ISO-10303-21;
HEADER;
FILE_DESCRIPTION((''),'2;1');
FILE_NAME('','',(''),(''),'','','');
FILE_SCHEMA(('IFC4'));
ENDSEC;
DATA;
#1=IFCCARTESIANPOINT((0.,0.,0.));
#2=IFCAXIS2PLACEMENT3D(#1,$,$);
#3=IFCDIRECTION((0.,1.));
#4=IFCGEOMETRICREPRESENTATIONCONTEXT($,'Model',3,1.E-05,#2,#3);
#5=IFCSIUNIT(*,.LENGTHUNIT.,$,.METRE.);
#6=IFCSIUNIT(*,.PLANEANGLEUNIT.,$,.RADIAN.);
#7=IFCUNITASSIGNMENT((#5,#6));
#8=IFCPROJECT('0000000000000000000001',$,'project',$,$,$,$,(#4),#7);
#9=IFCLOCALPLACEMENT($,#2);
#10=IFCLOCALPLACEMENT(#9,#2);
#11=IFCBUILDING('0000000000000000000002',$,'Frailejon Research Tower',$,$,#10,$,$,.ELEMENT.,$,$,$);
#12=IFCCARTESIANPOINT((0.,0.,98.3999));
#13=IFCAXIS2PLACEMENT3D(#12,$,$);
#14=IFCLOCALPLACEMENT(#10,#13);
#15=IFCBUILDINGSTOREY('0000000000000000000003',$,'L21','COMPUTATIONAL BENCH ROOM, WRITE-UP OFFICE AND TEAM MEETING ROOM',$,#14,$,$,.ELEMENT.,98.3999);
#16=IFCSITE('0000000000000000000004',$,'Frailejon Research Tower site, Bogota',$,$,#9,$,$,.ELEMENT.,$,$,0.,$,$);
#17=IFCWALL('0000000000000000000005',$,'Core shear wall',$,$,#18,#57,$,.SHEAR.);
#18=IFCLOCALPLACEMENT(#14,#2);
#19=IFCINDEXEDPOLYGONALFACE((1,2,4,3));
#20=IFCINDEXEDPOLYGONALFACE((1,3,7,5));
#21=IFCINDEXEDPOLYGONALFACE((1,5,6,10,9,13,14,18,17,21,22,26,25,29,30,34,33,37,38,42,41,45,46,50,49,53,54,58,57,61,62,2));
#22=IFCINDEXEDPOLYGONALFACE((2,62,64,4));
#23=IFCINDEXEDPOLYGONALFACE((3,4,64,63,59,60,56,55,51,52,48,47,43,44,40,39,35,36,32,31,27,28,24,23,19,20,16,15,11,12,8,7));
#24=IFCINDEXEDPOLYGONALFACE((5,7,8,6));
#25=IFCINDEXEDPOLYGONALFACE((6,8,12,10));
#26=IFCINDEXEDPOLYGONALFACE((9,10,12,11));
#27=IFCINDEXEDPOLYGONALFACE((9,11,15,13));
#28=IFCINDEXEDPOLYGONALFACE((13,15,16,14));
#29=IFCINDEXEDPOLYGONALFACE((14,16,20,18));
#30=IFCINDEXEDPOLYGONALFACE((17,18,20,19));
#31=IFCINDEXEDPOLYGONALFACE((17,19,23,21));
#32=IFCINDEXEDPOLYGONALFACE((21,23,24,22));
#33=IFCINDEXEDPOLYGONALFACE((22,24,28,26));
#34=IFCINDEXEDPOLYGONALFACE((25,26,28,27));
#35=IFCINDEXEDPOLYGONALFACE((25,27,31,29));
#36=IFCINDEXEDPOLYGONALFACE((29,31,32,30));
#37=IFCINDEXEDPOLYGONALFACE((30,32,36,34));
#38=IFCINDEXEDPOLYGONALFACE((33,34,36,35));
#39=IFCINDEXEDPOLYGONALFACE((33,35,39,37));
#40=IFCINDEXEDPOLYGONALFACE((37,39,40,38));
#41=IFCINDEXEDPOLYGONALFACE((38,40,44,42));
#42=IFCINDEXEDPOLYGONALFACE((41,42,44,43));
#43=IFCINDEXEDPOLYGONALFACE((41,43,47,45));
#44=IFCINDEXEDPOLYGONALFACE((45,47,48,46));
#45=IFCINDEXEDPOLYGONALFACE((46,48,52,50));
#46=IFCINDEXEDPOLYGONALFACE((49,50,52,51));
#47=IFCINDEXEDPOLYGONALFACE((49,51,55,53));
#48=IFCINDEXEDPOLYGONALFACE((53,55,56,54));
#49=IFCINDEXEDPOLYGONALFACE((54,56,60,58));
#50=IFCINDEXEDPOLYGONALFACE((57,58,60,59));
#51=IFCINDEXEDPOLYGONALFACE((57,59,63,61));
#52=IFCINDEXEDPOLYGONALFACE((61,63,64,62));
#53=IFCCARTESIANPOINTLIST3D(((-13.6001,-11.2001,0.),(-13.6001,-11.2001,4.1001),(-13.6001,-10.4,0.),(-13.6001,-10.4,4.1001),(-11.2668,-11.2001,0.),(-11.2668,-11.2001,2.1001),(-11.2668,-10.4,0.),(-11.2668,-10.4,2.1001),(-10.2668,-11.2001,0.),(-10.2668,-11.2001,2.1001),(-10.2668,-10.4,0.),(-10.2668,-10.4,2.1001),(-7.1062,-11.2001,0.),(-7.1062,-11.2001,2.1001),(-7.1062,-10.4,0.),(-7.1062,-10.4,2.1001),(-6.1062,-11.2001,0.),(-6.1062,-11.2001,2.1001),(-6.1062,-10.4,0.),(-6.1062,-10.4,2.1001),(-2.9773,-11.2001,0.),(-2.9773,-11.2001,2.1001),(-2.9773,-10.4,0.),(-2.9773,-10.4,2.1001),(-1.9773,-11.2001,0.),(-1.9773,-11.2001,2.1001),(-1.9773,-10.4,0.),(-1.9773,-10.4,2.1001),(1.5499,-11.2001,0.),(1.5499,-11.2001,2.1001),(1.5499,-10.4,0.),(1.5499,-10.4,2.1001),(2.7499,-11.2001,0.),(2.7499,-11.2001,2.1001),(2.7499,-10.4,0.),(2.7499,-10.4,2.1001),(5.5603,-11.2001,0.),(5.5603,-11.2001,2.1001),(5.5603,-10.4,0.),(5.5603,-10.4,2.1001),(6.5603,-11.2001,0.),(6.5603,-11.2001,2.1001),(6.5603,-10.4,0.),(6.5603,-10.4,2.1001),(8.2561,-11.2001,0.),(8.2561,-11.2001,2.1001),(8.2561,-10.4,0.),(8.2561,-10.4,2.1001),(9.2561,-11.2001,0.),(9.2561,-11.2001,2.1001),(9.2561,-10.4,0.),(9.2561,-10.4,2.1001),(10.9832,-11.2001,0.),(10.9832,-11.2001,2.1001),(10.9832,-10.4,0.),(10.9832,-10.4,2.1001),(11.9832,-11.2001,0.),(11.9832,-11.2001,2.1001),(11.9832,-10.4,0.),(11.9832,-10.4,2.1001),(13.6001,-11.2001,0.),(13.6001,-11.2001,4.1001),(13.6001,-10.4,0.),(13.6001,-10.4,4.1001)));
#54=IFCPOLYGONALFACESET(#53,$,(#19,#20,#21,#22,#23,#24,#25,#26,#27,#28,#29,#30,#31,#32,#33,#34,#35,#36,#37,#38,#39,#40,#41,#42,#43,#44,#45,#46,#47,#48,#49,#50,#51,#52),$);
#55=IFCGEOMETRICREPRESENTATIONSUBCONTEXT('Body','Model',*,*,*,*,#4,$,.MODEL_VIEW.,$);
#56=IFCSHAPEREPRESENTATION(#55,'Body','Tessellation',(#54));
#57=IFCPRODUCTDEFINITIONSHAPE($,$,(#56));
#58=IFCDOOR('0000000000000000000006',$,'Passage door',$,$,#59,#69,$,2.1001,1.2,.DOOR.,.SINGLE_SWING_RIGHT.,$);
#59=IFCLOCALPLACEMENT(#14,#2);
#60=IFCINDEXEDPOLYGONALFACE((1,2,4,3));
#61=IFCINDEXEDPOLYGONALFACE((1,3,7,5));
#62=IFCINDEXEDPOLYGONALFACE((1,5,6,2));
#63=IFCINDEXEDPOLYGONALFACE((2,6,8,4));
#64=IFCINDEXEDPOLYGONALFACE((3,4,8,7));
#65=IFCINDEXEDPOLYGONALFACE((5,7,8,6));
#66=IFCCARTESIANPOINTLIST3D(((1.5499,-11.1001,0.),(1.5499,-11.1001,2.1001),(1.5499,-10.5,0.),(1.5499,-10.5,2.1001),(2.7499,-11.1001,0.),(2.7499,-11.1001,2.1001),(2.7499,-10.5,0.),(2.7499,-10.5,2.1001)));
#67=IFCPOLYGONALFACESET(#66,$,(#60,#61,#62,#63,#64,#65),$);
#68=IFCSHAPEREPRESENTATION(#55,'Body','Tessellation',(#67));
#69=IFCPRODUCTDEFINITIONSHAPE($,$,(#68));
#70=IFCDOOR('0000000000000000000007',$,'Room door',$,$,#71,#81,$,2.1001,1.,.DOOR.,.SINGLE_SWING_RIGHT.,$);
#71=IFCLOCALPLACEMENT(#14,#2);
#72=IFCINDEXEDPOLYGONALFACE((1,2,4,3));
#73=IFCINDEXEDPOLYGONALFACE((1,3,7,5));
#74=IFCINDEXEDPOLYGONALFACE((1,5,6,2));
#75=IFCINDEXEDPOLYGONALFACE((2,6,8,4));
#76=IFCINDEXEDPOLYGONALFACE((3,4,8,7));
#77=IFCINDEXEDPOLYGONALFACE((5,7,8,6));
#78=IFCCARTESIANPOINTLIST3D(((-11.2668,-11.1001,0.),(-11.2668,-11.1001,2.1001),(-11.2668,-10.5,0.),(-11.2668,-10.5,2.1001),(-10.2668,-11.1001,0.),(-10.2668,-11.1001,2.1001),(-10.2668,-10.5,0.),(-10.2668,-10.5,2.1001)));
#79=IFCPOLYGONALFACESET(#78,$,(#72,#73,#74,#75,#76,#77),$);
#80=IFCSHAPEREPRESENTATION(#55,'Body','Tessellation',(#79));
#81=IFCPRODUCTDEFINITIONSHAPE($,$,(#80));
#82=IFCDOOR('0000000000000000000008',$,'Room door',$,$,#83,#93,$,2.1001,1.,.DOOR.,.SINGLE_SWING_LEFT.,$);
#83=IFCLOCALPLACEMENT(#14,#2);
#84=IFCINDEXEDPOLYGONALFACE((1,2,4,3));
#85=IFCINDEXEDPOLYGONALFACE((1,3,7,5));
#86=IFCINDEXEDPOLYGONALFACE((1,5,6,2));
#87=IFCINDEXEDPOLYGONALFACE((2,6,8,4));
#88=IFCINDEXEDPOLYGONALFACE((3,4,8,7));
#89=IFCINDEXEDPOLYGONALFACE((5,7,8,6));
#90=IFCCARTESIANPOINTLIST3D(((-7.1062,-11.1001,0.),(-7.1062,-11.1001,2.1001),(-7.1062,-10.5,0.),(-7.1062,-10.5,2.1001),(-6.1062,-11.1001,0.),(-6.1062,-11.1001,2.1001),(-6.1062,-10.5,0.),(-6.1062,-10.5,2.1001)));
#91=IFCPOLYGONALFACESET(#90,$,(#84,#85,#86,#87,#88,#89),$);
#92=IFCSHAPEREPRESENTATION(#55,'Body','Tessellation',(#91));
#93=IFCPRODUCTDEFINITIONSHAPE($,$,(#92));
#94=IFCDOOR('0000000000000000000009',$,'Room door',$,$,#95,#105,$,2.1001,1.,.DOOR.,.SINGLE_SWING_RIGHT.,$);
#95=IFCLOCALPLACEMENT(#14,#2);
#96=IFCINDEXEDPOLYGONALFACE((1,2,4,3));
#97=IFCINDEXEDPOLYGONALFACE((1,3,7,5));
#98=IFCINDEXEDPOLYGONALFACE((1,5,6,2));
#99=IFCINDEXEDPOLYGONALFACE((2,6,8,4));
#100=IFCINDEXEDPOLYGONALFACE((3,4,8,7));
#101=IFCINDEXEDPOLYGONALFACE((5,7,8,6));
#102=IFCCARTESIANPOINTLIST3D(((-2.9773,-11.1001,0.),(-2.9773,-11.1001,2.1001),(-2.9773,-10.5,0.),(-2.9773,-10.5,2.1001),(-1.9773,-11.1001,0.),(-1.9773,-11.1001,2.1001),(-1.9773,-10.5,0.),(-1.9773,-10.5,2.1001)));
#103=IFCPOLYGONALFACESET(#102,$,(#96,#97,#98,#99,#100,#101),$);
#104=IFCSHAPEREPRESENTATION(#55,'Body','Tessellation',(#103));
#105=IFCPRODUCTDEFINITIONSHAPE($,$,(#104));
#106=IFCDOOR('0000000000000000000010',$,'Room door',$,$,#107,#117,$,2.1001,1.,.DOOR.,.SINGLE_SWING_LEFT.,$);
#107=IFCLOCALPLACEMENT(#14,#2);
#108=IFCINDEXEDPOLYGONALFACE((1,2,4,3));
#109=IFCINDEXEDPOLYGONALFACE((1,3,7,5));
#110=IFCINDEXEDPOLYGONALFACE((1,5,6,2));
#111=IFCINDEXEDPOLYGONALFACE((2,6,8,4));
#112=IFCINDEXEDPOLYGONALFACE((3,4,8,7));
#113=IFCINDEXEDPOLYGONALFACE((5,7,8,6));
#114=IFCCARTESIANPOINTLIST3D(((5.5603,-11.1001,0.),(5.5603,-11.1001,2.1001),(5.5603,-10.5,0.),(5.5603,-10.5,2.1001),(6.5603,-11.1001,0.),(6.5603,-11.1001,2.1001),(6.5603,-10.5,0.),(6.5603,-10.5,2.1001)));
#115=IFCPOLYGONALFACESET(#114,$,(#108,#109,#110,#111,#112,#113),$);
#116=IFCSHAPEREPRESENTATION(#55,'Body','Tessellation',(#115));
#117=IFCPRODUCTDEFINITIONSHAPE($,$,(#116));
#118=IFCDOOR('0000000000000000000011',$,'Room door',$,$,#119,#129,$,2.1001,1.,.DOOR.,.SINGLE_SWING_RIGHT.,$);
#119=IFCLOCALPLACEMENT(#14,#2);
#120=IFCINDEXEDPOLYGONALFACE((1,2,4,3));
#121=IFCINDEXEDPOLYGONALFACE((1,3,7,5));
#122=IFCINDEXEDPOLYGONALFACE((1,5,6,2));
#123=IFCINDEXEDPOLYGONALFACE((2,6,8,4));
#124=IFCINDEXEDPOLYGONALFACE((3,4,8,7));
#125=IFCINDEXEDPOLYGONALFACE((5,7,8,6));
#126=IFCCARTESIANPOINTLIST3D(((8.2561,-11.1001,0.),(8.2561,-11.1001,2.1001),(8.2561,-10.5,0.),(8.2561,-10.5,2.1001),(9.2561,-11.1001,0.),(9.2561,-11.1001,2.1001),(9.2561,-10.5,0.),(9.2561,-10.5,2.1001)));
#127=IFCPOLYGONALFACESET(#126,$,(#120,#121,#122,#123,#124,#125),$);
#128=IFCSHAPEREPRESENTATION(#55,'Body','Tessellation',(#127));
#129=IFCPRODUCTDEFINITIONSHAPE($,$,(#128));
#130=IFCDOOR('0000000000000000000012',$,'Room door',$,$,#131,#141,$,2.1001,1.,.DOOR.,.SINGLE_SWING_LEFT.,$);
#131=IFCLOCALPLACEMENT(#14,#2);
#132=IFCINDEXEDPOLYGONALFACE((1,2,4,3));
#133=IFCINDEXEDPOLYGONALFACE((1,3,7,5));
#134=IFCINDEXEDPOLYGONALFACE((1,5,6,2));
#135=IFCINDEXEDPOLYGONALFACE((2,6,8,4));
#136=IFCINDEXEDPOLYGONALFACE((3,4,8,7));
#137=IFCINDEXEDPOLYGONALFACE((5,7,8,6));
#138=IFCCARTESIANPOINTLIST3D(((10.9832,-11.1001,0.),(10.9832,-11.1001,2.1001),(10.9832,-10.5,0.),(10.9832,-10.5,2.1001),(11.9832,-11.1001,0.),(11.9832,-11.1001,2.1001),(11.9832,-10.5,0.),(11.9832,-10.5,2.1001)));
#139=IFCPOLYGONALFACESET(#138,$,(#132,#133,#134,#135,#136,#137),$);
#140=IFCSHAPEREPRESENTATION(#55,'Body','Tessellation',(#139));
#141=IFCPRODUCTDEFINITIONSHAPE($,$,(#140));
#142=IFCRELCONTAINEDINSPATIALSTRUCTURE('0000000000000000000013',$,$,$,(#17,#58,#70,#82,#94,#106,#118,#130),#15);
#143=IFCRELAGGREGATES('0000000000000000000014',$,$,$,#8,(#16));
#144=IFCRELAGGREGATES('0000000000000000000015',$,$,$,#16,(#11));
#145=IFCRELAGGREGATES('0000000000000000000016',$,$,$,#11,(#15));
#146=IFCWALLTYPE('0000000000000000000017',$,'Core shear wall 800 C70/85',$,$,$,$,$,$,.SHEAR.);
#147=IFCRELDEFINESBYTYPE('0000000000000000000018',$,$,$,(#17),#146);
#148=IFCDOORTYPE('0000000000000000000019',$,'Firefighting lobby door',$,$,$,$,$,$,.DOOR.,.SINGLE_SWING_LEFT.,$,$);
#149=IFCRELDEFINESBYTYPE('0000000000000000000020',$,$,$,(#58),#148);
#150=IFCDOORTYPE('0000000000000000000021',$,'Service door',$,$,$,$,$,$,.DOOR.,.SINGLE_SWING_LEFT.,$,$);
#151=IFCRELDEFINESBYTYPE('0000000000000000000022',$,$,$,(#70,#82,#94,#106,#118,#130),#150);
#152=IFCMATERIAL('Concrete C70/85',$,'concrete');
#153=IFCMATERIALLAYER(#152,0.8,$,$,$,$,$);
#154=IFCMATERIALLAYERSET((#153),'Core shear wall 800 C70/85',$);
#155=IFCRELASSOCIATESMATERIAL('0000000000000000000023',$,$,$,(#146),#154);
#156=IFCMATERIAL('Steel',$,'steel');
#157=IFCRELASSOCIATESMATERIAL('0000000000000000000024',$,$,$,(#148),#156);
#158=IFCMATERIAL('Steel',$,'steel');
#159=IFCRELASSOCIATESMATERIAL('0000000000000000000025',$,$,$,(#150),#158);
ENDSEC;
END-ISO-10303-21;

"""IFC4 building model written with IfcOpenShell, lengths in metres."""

from ifc_helpers import new_model, si_unit, direction, frame, frame_2d, origin, place, context, subcontext, project, spatial, rectangle, extrude, material, layer, layer_set, type_object, element, fill, save


model = new_model("IFC4")

# Units and contexts
model_context = context("Model", 3, precision=1e-05, world=origin(), true_north=direction((0.0, 1.0)))
body_context = subcontext(model_context, "Body", "Model", "MODEL_VIEW")
ifc_project = project(units=[si_unit("LENGTHUNIT", "METRE"), si_unit("PLANEANGLEUNIT", "RADIAN")], contexts=[model_context])

# Site, building, storey
site_placement = place(None, origin())
site = spatial("IfcSite", under=ifc_project, at=site_placement, Name="Frailejon Research Tower site, Bogota", CompositionType="ELEMENT", RefElevation=0.0)
building_placement = place(site_placement, origin())
building = spatial("IfcBuilding", under=site, at=building_placement, Name="Frailejon Research Tower", CompositionType="ELEMENT")
storey_placement = place(building_placement, frame((0.0, 0.0, 98.3999)))
storey = spatial("IfcBuildingStorey", under=building, at=storey_placement, Name="L21", Description="COMPUTATIONAL BENCH ROOM, WRITE-UP OFFICE AND TEAM MEETING ROOM", CompositionType="ELEMENT", Elevation=98.3999)

# Wall, openings, doors
ifc_material_1 = material(Name="Concrete C70/85", Category="concrete")
ifc_layer_1 = layer(ifc_material_1, 0.8)
ifc_layer_set_1 = layer_set([ifc_layer_1], Name="Core shear wall 800 C70/85")
wall_type_1 = type_object("IfcWallType", Name="Core shear wall 800 C70/85", PredefinedType="SHEAR", material=ifc_layer_set_1)
wall_1_placement = place(storey_placement, frame((-13.6001, -10.8, 0.0), z_axis=(0.0, 0.0, 1.0), x_axis=(1.0, 0.0, 0.0)))
wall_1 = element("IfcWall", 1, at=wall_1_placement, inside=storey, type_object=wall_type_1, Name="Core shear wall", PredefinedType="SHEAR", context=body_context, shape_type="SweptSolid", body=[
    extrude(rectangle(XDim=27.2002, YDim=0.8, at=frame_2d((13.6001, 0.0))), origin(), (0.0, 0.0, 1.0), 4.1001),
])
opening_1_placement = place(wall_1_placement, frame((2.3333, 0.0, 0.0)))
opening_1 = element("IfcOpeningElement", 2, at=opening_1_placement, cuts=wall_1, PredefinedType="OPENING", context=body_context, shape_type="SweptSolid", body=[
    extrude(rectangle(XDim=1.0, YDim=2.1001, at=frame_2d((0.5, 1.05))), frame((0.0, 0.4099, 0.0), z_axis=(0.0, -1.0, 0.0), x_axis=(1.0, 0.0, 0.0)), (0.0, 0.0, 1.0), 0.8201),
])
opening_2_placement = place(wall_1_placement, frame((6.4939, 0.0, 0.0)))
opening_2 = element("IfcOpeningElement", 3, at=opening_2_placement, cuts=wall_1, PredefinedType="OPENING", context=body_context, shape_type="SweptSolid", body=[
    extrude(rectangle(XDim=1.0, YDim=2.1001, at=frame_2d((0.5, 1.05))), frame((0.0, 0.4099, 0.0), z_axis=(0.0, -1.0, 0.0), x_axis=(1.0, 0.0, 0.0)), (0.0, 0.0, 1.0), 0.8201),
])
opening_3_placement = place(wall_1_placement, frame((10.6228, 0.0, 0.0)))
opening_3 = element("IfcOpeningElement", 4, at=opening_3_placement, cuts=wall_1, PredefinedType="OPENING", context=body_context, shape_type="SweptSolid", body=[
    extrude(rectangle(XDim=1.0, YDim=2.1001, at=frame_2d((0.5, 1.05))), frame((0.0, 0.4099, 0.0), z_axis=(0.0, -1.0, 0.0), x_axis=(1.0, 0.0, 0.0)), (0.0, 0.0, 1.0), 0.8201),
])
opening_4_placement = place(wall_1_placement, frame((19.1604, 0.0, 0.0)))
opening_4 = element("IfcOpeningElement", 5, at=opening_4_placement, cuts=wall_1, PredefinedType="OPENING", context=body_context, shape_type="SweptSolid", body=[
    extrude(rectangle(XDim=1.0, YDim=2.1001, at=frame_2d((0.5, 1.05))), frame((0.0, 0.4099, 0.0), z_axis=(0.0, -1.0, 0.0), x_axis=(1.0, 0.0, 0.0)), (0.0, 0.0, 1.0), 0.8201),
])
opening_5_placement = place(wall_1_placement, frame((21.8562, 0.0, 0.0)))
opening_5 = element("IfcOpeningElement", 6, at=opening_5_placement, cuts=wall_1, PredefinedType="OPENING", context=body_context, shape_type="SweptSolid", body=[
    extrude(rectangle(XDim=1.0, YDim=2.1001, at=frame_2d((0.5, 1.05))), frame((0.0, 0.4099, 0.0), z_axis=(0.0, -1.0, 0.0), x_axis=(1.0, 0.0, 0.0)), (0.0, 0.0, 1.0), 0.8201),
])
opening_6_placement = place(wall_1_placement, frame((24.5833, 0.0, 0.0)))
opening_6 = element("IfcOpeningElement", 7, at=opening_6_placement, cuts=wall_1, PredefinedType="OPENING", context=body_context, shape_type="SweptSolid", body=[
    extrude(rectangle(XDim=1.0, YDim=2.1001, at=frame_2d((0.5, 1.05))), frame((0.0, 0.4099, 0.0), z_axis=(0.0, -1.0, 0.0), x_axis=(1.0, 0.0, 0.0)), (0.0, 0.0, 1.0), 0.8201),
])
opening_7_placement = place(wall_1_placement, frame((15.1499, 0.0, 0.0)))
opening_7 = element("IfcOpeningElement", 8, at=opening_7_placement, cuts=wall_1, PredefinedType="OPENING", context=body_context, shape_type="SweptSolid", body=[
    extrude(rectangle(XDim=1.2, YDim=2.1001, at=frame_2d((0.6001, 1.05))), frame((0.0, 0.4099, 0.0), z_axis=(0.0, -1.0, 0.0), x_axis=(1.0, 0.0, 0.0)), (0.0, 0.0, 1.0), 0.8201),
])
ifc_material_2 = material(Name="Steel", Category="steel")
door_type_1 = type_object("IfcDoorType", Name="Firefighting lobby door", OperationType="SINGLE_SWING_LEFT", PredefinedType="DOOR", material=ifc_material_2)
door_1_placement = place(opening_7_placement, origin())
door_1 = element("IfcDoor", 9, at=door_1_placement, inside=storey, type_object=door_type_1, Name="Passage door", OperationType="SINGLE_SWING_RIGHT", OverallHeight=2.1001, OverallWidth=1.2, PredefinedType="DOOR", context=body_context, shape_type="SweptSolid", body=[
    extrude(rectangle(XDim=1.2, YDim=2.1001, at=frame_2d((0.6001, 1.05))), frame((0.0, 0.3, 0.0), z_axis=(0.0, -1.0, 0.0), x_axis=(1.0, 0.0, 0.0)), (0.0, 0.0, 1.0), 0.6001),
])
fill(opening_7, door_1)
ifc_material_3 = material(Name="Steel", Category="steel")
door_type_2 = type_object("IfcDoorType", Name="Service door", OperationType="SINGLE_SWING_LEFT", PredefinedType="DOOR", material=ifc_material_3)
door_2_placement = place(opening_1_placement, origin())
door_2 = element("IfcDoor", 10, at=door_2_placement, inside=storey, type_object=door_type_2, Name="Room door", OperationType="SINGLE_SWING_RIGHT", OverallHeight=2.1001, OverallWidth=1.0, PredefinedType="DOOR", context=body_context, shape_type="SweptSolid", body=[
    extrude(rectangle(XDim=1.0, YDim=2.1001, at=frame_2d((0.5, 1.05))), frame((0.0, 0.3, 0.0), z_axis=(0.0, -1.0, 0.0), x_axis=(1.0, 0.0, 0.0)), (0.0, 0.0, 1.0), 0.6001),
])
fill(opening_1, door_2)
door_3_placement = place(opening_2_placement, origin())
door_3 = element("IfcDoor", 11, at=door_3_placement, inside=storey, type_object=door_type_2, Name="Room door", OperationType="SINGLE_SWING_LEFT", OverallHeight=2.1001, OverallWidth=1.0, PredefinedType="DOOR", context=body_context, shape_type="SweptSolid", body=[
    extrude(rectangle(XDim=1.0, YDim=2.1001, at=frame_2d((0.5, 1.05))), frame((0.0, 0.3, 0.0), z_axis=(0.0, -1.0, 0.0), x_axis=(1.0, 0.0, 0.0)), (0.0, 0.0, 1.0), 0.6001),
])
fill(opening_2, door_3)
door_4_placement = place(opening_3_placement, origin())
door_4 = element("IfcDoor", 12, at=door_4_placement, inside=storey, type_object=door_type_2, Name="Room door", OperationType="SINGLE_SWING_RIGHT", OverallHeight=2.1001, OverallWidth=1.0, PredefinedType="DOOR", context=body_context, shape_type="SweptSolid", body=[
    extrude(rectangle(XDim=1.0, YDim=2.1001, at=frame_2d((0.5, 1.05))), frame((0.0, 0.3, 0.0), z_axis=(0.0, -1.0, 0.0), x_axis=(1.0, 0.0, 0.0)), (0.0, 0.0, 1.0), 0.6001),
])
fill(opening_3, door_4)
door_5_placement = place(opening_4_placement, origin())
door_5 = element("IfcDoor", 13, at=door_5_placement, inside=storey, type_object=door_type_2, Name="Room door", OperationType="SINGLE_SWING_LEFT", OverallHeight=2.1001, OverallWidth=1.0, PredefinedType="DOOR", context=body_context, shape_type="SweptSolid", body=[
    extrude(rectangle(XDim=1.0, YDim=2.1001, at=frame_2d((0.5, 1.05))), frame((0.0, 0.3, 0.0), z_axis=(0.0, -1.0, 0.0), x_axis=(1.0, 0.0, 0.0)), (0.0, 0.0, 1.0), 0.6001),
])
fill(opening_4, door_5)
door_6_placement = place(opening_5_placement, origin())
door_6 = element("IfcDoor", 14, at=door_6_placement, inside=storey, type_object=door_type_2, Name="Room door", OperationType="SINGLE_SWING_RIGHT", OverallHeight=2.1001, OverallWidth=1.0, PredefinedType="DOOR", context=body_context, shape_type="SweptSolid", body=[
    extrude(rectangle(XDim=1.0, YDim=2.1001, at=frame_2d((0.5, 1.05))), frame((0.0, 0.3, 0.0), z_axis=(0.0, -1.0, 0.0), x_axis=(1.0, 0.0, 0.0)), (0.0, 0.0, 1.0), 0.6001),
])
fill(opening_5, door_6)
door_7_placement = place(opening_6_placement, origin())
door_7 = element("IfcDoor", 15, at=door_7_placement, inside=storey, type_object=door_type_2, Name="Room door", OperationType="SINGLE_SWING_LEFT", OverallHeight=2.1001, OverallWidth=1.0, PredefinedType="DOOR", context=body_context, shape_type="SweptSolid", body=[
    extrude(rectangle(XDim=1.0, YDim=2.1001, at=frame_2d((0.5, 1.05))), frame((0.0, 0.3, 0.0), z_axis=(0.0, -1.0, 0.0), x_axis=(1.0, 0.0, 0.0)), (0.0, 0.0, 1.0), 0.6001),
])
fill(opening_6, door_7)

save(model, "model.ifc")
